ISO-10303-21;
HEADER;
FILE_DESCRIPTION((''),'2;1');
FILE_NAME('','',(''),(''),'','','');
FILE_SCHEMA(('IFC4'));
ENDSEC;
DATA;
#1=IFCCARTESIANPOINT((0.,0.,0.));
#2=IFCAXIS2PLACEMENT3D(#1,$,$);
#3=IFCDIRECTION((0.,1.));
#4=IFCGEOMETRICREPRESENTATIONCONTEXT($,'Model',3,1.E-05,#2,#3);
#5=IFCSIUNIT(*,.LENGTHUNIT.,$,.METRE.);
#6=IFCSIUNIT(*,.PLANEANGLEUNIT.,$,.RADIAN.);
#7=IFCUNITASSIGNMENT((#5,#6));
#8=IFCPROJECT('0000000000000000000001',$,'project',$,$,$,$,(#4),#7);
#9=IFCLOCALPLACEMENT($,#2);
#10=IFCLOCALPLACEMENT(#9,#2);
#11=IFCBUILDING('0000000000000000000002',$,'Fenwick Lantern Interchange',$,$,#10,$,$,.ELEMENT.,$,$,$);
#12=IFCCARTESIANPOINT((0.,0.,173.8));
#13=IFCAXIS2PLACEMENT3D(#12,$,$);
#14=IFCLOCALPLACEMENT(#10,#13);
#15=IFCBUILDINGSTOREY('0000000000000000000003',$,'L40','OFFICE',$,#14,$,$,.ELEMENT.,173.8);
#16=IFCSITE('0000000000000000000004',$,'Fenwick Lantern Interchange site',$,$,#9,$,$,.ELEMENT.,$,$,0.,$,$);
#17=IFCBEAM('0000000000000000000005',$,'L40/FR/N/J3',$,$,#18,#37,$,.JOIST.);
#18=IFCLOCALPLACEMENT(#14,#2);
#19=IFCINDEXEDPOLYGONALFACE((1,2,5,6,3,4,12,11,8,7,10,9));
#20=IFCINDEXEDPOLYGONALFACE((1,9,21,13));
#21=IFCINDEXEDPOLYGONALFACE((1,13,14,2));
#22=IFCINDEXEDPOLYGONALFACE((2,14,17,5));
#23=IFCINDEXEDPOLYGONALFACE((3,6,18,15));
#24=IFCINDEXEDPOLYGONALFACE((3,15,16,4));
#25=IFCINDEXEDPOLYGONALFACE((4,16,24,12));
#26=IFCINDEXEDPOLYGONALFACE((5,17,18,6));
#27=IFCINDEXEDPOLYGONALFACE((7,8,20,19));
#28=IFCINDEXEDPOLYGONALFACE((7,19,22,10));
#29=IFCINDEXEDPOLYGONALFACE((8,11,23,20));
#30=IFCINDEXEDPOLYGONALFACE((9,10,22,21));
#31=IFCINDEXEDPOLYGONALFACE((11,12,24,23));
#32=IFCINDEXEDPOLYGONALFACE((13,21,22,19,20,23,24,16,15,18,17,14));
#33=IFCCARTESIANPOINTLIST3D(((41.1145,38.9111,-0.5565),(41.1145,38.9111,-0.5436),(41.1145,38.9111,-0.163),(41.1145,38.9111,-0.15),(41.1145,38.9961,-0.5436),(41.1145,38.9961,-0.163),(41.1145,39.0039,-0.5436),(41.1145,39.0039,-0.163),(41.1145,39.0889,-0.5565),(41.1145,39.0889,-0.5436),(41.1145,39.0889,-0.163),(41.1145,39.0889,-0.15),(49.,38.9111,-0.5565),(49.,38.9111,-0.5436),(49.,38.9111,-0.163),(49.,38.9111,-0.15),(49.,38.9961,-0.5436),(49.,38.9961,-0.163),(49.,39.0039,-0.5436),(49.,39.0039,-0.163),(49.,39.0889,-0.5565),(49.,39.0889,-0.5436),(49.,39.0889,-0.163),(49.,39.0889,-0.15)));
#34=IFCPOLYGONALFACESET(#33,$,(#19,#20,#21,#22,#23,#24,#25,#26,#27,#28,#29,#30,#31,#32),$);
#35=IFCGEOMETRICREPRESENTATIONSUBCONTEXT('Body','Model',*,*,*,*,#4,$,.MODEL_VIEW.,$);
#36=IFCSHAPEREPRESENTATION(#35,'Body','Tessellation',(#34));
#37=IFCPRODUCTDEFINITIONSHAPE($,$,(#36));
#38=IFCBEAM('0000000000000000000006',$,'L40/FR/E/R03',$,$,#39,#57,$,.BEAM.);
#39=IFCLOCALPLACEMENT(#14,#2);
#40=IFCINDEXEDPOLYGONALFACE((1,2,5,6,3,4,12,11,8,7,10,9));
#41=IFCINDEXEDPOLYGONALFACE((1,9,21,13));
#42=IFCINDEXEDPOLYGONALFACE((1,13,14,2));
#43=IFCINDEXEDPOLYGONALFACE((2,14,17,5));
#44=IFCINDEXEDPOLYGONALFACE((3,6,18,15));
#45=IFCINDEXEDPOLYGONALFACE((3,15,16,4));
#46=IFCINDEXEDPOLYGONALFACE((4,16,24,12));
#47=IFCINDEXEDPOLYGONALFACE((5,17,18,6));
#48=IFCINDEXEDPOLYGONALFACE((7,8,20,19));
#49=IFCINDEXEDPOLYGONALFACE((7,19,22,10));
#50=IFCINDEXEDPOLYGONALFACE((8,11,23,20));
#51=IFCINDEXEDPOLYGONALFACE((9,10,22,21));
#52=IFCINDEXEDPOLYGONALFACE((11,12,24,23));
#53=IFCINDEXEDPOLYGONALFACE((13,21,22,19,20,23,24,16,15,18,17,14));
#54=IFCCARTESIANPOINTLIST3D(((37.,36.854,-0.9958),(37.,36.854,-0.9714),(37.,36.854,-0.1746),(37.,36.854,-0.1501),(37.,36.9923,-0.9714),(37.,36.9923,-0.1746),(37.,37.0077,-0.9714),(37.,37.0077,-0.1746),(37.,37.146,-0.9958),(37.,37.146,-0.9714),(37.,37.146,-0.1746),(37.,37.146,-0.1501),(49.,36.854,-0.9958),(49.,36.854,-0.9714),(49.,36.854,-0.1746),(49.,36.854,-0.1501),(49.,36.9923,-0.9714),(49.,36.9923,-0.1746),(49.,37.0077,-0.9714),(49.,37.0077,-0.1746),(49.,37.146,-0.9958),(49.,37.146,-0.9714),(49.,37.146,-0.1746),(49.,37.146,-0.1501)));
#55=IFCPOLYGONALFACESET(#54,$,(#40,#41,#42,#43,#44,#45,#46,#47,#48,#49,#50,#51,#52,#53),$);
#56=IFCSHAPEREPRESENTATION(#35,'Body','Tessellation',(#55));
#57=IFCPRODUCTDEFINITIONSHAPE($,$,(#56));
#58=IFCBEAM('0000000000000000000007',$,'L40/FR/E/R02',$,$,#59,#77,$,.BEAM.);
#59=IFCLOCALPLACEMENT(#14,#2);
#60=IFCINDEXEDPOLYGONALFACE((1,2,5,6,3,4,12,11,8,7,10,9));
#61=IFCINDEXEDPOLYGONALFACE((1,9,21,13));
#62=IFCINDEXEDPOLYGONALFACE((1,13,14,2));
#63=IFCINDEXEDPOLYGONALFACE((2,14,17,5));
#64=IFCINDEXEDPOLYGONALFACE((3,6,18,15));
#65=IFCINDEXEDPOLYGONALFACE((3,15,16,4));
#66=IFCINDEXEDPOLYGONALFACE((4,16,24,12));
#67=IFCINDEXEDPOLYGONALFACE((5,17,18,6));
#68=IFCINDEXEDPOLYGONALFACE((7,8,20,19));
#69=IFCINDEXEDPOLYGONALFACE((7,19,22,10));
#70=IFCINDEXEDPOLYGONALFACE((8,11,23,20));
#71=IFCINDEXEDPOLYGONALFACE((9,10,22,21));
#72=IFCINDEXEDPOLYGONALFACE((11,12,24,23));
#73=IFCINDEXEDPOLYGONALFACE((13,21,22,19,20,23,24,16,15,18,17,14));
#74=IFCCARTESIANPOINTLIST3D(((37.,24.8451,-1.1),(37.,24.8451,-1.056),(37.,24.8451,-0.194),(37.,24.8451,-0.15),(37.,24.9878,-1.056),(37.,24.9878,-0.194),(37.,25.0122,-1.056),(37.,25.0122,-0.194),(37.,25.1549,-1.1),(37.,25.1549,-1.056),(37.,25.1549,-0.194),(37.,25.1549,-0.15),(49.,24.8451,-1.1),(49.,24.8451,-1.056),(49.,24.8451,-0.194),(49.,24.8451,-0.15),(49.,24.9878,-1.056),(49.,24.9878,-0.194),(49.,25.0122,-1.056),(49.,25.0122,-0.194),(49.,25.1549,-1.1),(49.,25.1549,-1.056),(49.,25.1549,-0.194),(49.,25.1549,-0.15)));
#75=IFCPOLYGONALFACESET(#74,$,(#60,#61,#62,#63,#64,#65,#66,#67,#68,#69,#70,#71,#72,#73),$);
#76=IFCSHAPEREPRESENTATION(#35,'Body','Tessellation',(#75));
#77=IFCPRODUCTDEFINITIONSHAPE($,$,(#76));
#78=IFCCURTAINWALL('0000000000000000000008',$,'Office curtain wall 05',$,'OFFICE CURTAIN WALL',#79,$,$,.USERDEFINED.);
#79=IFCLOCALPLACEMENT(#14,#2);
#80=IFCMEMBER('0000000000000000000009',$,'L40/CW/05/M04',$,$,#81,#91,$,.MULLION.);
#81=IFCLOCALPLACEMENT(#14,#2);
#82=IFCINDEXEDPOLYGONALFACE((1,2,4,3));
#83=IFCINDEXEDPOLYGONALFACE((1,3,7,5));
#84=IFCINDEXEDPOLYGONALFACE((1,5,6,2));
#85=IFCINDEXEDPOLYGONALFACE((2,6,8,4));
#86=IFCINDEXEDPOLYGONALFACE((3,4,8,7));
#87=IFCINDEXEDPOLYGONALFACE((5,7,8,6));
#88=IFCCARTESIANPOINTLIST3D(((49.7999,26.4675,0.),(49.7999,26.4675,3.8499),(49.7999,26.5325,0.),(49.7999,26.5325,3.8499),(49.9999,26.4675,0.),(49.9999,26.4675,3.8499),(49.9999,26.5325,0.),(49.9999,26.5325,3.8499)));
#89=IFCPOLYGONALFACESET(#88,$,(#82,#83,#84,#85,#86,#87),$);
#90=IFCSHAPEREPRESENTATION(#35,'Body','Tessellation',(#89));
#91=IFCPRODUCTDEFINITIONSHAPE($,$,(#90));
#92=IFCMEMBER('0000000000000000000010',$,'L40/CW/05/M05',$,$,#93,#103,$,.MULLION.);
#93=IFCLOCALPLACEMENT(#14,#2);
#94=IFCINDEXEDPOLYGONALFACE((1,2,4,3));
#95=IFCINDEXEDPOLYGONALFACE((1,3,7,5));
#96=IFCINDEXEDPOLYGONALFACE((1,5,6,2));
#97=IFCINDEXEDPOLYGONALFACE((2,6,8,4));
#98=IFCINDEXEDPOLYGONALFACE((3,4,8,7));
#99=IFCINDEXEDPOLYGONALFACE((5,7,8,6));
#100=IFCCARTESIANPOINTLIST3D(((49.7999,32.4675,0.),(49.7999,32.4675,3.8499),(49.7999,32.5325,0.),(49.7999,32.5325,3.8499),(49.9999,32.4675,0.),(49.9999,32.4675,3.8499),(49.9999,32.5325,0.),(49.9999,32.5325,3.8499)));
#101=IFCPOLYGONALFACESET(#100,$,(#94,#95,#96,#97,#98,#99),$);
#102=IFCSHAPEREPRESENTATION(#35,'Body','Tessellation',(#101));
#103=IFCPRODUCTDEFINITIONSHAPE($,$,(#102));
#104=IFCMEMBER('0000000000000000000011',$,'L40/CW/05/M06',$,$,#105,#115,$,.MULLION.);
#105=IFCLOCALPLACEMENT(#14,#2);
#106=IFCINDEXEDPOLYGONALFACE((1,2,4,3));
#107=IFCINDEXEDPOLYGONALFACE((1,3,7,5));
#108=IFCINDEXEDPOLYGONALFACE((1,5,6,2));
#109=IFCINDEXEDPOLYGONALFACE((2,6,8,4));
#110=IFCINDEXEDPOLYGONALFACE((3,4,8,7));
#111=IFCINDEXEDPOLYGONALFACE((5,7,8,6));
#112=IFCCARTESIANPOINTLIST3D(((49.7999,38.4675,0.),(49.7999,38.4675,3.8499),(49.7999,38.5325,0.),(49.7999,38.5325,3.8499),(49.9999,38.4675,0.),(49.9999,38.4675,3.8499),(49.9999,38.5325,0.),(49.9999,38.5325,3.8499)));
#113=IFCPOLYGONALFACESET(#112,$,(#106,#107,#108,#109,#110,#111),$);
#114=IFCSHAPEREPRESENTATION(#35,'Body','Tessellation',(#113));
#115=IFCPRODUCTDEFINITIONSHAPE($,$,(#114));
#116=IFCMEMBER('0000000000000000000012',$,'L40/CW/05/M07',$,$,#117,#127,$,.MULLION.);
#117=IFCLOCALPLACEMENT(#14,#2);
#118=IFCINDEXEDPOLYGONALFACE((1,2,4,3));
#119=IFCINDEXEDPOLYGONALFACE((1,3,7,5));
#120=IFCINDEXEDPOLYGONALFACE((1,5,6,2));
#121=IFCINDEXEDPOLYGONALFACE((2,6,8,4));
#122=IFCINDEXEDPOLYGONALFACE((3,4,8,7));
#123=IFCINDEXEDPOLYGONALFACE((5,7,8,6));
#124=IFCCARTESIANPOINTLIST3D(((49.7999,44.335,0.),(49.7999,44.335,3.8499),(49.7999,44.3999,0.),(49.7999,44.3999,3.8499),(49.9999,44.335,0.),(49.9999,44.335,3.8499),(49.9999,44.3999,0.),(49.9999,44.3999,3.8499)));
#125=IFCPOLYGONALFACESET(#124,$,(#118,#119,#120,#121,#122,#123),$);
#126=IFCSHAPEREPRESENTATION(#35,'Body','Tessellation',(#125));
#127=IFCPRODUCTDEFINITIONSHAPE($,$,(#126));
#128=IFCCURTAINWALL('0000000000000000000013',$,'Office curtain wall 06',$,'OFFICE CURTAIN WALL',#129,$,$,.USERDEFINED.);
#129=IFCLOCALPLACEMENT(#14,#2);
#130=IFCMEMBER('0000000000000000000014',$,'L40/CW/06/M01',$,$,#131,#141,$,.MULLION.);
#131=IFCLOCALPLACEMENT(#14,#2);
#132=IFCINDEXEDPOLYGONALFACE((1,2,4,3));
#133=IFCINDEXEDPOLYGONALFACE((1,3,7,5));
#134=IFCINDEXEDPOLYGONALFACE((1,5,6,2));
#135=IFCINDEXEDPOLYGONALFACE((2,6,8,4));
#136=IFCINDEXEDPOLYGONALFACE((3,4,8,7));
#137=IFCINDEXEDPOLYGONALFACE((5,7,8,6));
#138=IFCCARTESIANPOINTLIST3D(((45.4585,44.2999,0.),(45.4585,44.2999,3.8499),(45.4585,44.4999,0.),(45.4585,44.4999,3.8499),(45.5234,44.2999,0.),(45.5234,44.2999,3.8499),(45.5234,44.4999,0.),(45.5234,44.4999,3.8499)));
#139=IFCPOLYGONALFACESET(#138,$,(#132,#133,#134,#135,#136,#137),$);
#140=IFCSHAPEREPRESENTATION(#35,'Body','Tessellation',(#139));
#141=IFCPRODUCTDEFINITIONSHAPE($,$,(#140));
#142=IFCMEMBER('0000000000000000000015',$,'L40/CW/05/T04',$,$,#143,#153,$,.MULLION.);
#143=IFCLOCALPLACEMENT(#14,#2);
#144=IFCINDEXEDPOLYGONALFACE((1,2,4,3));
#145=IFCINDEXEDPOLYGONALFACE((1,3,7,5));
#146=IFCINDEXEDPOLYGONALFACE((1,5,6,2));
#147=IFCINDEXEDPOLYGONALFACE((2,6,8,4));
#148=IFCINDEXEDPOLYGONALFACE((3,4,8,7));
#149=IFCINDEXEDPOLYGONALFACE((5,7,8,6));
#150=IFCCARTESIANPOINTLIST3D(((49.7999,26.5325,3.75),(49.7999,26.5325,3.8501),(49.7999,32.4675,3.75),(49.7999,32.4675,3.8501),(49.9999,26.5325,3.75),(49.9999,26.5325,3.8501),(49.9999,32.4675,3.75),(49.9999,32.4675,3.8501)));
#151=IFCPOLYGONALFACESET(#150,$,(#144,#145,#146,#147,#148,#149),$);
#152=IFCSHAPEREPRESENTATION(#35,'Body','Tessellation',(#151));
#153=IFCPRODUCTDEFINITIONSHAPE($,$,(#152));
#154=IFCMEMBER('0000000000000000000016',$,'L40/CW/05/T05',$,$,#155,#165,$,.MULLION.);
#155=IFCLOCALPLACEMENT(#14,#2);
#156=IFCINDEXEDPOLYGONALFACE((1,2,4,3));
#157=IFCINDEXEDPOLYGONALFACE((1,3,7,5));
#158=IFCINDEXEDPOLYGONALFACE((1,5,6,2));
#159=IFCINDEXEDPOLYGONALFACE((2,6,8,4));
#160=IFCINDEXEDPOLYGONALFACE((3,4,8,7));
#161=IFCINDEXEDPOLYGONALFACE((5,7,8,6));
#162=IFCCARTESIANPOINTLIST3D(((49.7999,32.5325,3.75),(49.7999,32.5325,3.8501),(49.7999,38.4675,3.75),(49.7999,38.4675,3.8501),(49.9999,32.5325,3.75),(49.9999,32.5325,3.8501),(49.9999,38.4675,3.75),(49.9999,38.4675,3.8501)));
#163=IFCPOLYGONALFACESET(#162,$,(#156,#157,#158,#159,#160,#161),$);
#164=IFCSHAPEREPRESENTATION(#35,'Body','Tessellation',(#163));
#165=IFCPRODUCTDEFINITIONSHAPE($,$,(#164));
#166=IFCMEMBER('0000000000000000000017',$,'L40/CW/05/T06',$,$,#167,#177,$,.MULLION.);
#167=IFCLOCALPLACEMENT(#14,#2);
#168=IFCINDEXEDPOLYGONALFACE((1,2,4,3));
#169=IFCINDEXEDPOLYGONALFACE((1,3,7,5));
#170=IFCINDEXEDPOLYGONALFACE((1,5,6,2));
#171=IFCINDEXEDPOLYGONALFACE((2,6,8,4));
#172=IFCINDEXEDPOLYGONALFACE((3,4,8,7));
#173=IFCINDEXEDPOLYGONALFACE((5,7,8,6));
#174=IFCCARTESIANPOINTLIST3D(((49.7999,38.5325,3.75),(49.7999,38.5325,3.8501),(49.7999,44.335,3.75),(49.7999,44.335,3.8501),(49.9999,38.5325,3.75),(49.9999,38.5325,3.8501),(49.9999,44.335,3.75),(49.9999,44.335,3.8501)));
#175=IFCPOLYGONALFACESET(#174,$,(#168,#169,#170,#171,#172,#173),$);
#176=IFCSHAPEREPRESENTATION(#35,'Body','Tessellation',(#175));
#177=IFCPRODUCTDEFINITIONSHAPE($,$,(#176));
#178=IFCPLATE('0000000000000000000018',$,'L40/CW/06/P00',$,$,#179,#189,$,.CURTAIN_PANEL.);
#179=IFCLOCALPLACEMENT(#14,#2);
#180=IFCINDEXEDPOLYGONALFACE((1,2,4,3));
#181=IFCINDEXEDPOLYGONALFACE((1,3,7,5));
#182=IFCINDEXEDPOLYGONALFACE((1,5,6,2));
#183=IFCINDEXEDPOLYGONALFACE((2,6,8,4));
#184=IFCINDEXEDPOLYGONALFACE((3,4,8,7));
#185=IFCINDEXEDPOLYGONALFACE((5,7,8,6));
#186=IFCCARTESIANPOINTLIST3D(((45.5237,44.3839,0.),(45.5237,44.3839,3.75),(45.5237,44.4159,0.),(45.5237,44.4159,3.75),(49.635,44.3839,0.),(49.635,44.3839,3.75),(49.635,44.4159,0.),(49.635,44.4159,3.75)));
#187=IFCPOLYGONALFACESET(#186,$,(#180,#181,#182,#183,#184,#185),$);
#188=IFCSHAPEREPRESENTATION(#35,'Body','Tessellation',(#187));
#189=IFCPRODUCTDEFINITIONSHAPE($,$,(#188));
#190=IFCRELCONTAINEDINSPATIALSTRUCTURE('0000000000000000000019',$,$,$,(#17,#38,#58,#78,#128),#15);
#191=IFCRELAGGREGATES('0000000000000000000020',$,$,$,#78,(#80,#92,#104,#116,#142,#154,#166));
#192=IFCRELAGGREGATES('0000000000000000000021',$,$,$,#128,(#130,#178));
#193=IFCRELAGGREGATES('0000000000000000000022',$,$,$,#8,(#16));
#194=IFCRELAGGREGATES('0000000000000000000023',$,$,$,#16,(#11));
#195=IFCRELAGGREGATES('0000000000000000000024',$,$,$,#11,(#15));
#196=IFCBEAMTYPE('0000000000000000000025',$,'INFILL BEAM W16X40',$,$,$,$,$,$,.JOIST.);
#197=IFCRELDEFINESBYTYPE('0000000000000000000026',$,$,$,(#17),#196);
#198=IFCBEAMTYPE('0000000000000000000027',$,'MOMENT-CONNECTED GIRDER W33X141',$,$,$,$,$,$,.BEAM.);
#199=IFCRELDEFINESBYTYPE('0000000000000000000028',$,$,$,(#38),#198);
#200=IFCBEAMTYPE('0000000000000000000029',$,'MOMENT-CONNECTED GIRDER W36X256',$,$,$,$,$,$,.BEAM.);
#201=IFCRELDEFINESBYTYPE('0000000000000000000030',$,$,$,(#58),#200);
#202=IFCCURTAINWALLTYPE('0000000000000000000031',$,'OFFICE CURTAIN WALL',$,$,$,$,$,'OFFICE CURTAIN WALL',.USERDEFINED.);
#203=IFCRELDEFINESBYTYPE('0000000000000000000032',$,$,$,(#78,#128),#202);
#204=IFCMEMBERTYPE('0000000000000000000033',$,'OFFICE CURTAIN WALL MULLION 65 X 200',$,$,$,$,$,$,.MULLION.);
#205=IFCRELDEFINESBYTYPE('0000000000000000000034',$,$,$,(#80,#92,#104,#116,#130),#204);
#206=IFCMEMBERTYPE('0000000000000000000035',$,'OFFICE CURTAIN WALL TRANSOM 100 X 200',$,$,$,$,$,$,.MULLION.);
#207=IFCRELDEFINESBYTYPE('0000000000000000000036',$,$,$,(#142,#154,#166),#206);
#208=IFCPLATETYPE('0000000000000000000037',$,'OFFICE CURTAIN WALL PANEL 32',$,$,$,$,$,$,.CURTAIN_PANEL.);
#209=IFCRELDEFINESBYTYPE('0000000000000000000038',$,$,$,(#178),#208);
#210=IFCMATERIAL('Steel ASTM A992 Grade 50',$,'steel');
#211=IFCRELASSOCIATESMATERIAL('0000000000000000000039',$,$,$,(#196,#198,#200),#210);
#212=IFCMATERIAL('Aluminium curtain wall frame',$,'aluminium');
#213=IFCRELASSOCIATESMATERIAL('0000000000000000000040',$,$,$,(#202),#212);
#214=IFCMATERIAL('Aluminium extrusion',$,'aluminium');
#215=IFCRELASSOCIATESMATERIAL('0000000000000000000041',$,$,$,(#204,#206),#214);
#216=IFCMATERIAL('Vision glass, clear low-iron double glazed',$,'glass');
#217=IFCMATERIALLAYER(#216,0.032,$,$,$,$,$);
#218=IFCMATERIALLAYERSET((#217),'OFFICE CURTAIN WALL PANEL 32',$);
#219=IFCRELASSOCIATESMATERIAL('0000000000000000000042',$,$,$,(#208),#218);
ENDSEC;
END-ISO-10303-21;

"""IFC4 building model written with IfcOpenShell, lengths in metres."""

from ifc_helpers import new_model, si_unit, direction, frame, origin, origin_2d, place, context, subcontext, project, spatial, rectangle, i_section, extrude, material, layer, layer_set, material_profile, profile_set, type_object, element, aggregate, save


model = new_model("IFC4")

# Units and contexts
model_context = context("Model", 3, precision=1e-05, world=origin(), true_north=direction((0.0, 1.0)))
body_context = subcontext(model_context, "Body", "Model", "MODEL_VIEW")
ifc_project = project(units=[si_unit("LENGTHUNIT", "METRE"), si_unit("PLANEANGLEUNIT", "RADIAN")], contexts=[model_context])

# Site, building, storey
site_placement = place(None, origin())
site = spatial("IfcSite", under=ifc_project, at=site_placement, Name="Fenwick Lantern Interchange site", CompositionType="ELEMENT", RefElevation=0.0)
building_placement = place(site_placement, origin())
building = spatial("IfcBuilding", under=site, at=building_placement, Name="Fenwick Lantern Interchange", CompositionType="ELEMENT")
storey_placement = place(building_placement, frame((0.0, 0.0, 173.8)))
storey = spatial("IfcBuildingStorey", under=building, at=storey_placement, Name="L40", Description="OFFICE", CompositionType="ELEMENT", Elevation=173.8)

# Shared definitions
ifc_material_1 = material(Name="Steel ASTM A992 Grade 50", Category="steel")

# Beams
ifc_material_profile_1 = material_profile(ifc_material_1, i_section(OverallWidth=0.1777, OverallDepth=0.4065, WebThickness=0.0078, FlangeThickness=0.0129, at=origin_2d()), Name="W16X40")
ifc_profile_set_1 = profile_set([ifc_material_profile_1], Name="Steel ASTM A992 Grade 50")
beam_type_1 = type_object("IfcBeamType", Name="INFILL BEAM W16X40", PredefinedType="JOIST", material=ifc_profile_set_1)
beam_1_placement = place(storey_placement, frame((49.0, 39.0, -0.3533), z_axis=(-1.0, 0.0, 0.0), x_axis=(0.0, -1.0, 0.0)))
element("IfcBeam", 1, at=beam_1_placement, inside=storey, type_object=beam_type_1, Name="L40/FR/N/J3", PredefinedType="JOIST", context=body_context, shape_type="SweptSolid", body=[
    extrude(i_section(OverallWidth=0.1777, OverallDepth=0.4065, WebThickness=0.0078, FlangeThickness=0.0129, at=origin_2d()), origin(), (0.0, 0.0, 1.0), 7.8855),
])
ifc_material_profile_2 = material_profile(ifc_material_1, i_section(OverallWidth=0.292, OverallDepth=0.8457, WebThickness=0.0154, FlangeThickness=0.0244, at=origin_2d()), Name="W33X141")
ifc_profile_set_2 = profile_set([ifc_material_profile_2], Name="Steel ASTM A992 Grade 50")
beam_type_2 = type_object("IfcBeamType", Name="MOMENT-CONNECTED GIRDER W33X141", PredefinedType="BEAM", material=ifc_profile_set_2)
beam_2_placement = place(storey_placement, frame((49.0, 37.0, -0.573), z_axis=(-1.0, 0.0, 0.0), x_axis=(0.0, -1.0, 0.0)))
element("IfcBeam", 2, at=beam_2_placement, inside=storey, type_object=beam_type_2, Name="L40/FR/E/R03", PredefinedType="BEAM", context=body_context, shape_type="SweptSolid", body=[
    extrude(i_section(OverallWidth=0.292, OverallDepth=0.8457, WebThickness=0.0154, FlangeThickness=0.0244, at=origin_2d()), origin(), (0.0, 0.0, 1.0), 12.0),
])
ifc_material_profile_3 = material_profile(ifc_material_1, i_section(OverallWidth=0.3098, OverallDepth=0.95, WebThickness=0.0244, FlangeThickness=0.0439, at=origin_2d()), Name="W36X256")
ifc_profile_set_3 = profile_set([ifc_material_profile_3], Name="Steel ASTM A992 Grade 50")
beam_type_3 = type_object("IfcBeamType", Name="MOMENT-CONNECTED GIRDER W36X256", PredefinedType="BEAM", material=ifc_profile_set_3)
beam_3_placement = place(storey_placement, frame((49.0, 25.0, -0.625), z_axis=(-1.0, 0.0, 0.0), x_axis=(0.0, -1.0, 0.0)))
element("IfcBeam", 3, at=beam_3_placement, inside=storey, type_object=beam_type_3, Name="L40/FR/E/R02", PredefinedType="BEAM", context=body_context, shape_type="SweptSolid", body=[
    extrude(i_section(OverallWidth=0.3098, OverallDepth=0.95, WebThickness=0.0244, FlangeThickness=0.0439, at=origin_2d()), origin(), (0.0, 0.0, 1.0), 12.0),
])

# Curtain wall, members
ifc_material_2 = material(Name="Aluminium curtain wall frame", Category="aluminium")
curtain_wall_type = type_object("IfcCurtainWallType", Name="OFFICE CURTAIN WALL", ElementType="OFFICE CURTAIN WALL", PredefinedType="USERDEFINED", material=ifc_material_2)
curtain_wall_1_placement = place(storey_placement, origin())
curtain_wall_1 = element("IfcCurtainWall", 4, at=curtain_wall_1_placement, inside=storey, type_object=curtain_wall_type, Name="Office curtain wall 05", ObjectType="OFFICE CURTAIN WALL", PredefinedType="USERDEFINED")
ifc_material_3 = material(Name="Aluminium extrusion", Category="aluminium")
ifc_material_profile_4 = material_profile(ifc_material_3, rectangle(XDim=0.2, YDim=0.0649, at=origin_2d()), Name="OFFICE CURTAIN WALL MULLION 65 X 200")
ifc_profile_set_4 = profile_set([ifc_material_profile_4], Name="Aluminium extrusion")
member_type_1 = type_object("IfcMemberType", Name="OFFICE CURTAIN WALL MULLION 65 X 200", PredefinedType="MULLION", material=ifc_profile_set_4)
member_1_placement = place(storey_placement, frame((49.8999, 26.5, 0.0), z_axis=(0.0, 0.0, 1.0), x_axis=(-1.0, 0.0, 0.0)))
member_1 = element("IfcMember", 5, at=member_1_placement, type_object=member_type_1, Name="L40/CW/05/M04", PredefinedType="MULLION", context=body_context, shape_type="SweptSolid", body=[
    extrude(rectangle(XDim=0.2, YDim=0.0649, at=origin_2d()), origin(), (0.0, 0.0, 1.0), 3.8499),
])
member_2_placement = place(storey_placement, frame((49.8999, 32.5, 0.0), z_axis=(0.0, 0.0, 1.0), x_axis=(-1.0, 0.0, 0.0)))
member_2 = element("IfcMember", 6, at=member_2_placement, type_object=member_type_1, Name="L40/CW/05/M05", PredefinedType="MULLION", context=body_context, shape_type="SweptSolid", body=[
    extrude(rectangle(XDim=0.2, YDim=0.0649, at=origin_2d()), origin(), (0.0, 0.0, 1.0), 3.8499),
])
member_3_placement = place(storey_placement, frame((49.8999, 38.5, 0.0), z_axis=(0.0, 0.0, 1.0), x_axis=(-1.0, 0.0, 0.0)))
member_3 = element("IfcMember", 7, at=member_3_placement, type_object=member_type_1, Name="L40/CW/05/M06", PredefinedType="MULLION", context=body_context, shape_type="SweptSolid", body=[
    extrude(rectangle(XDim=0.2, YDim=0.0649, at=origin_2d()), origin(), (0.0, 0.0, 1.0), 3.8499),
])
member_4_placement = place(storey_placement, frame((49.8999, 44.3674, 0.0), z_axis=(0.0, 0.0, 1.0), x_axis=(-1.0, 0.0, 0.0)))
member_4 = element("IfcMember", 8, at=member_4_placement, type_object=member_type_1, Name="L40/CW/05/M07", PredefinedType="MULLION", context=body_context, shape_type="SweptSolid", body=[
    extrude(rectangle(XDim=0.2, YDim=0.0649, at=origin_2d()), origin(), (0.0, 0.0, 1.0), 3.8499),
])

# Curtain wall, member
curtain_wall_2_placement = place(storey_placement, origin())
curtain_wall_2 = element("IfcCurtainWall", 9, at=curtain_wall_2_placement, inside=storey, type_object=curtain_wall_type, Name="Office curtain wall 06", ObjectType="OFFICE CURTAIN WALL", PredefinedType="USERDEFINED")
member_5_placement = place(storey_placement, frame((45.491, 44.3999, 0.0), z_axis=(0.0, 0.0, 1.0), x_axis=(0.0, -1.0, 0.0)))
member_5 = element("IfcMember", 10, at=member_5_placement, type_object=member_type_1, Name="L40/CW/06/M01", PredefinedType="MULLION", context=body_context, shape_type="SweptSolid", body=[
    extrude(rectangle(XDim=0.2, YDim=0.0649, at=origin_2d()), origin(), (0.0, 0.0, 1.0), 3.8499),
])

# Members
ifc_material_profile_5 = material_profile(ifc_material_3, rectangle(XDim=0.2, YDim=0.1001, at=origin_2d()), Name="OFFICE CURTAIN WALL TRANSOM 100 X 200")
ifc_profile_set_5 = profile_set([ifc_material_profile_5], Name="Aluminium extrusion")
member_type_2 = type_object("IfcMemberType", Name="OFFICE CURTAIN WALL TRANSOM 100 X 200", PredefinedType="MULLION", material=ifc_profile_set_5)
member_6_placement = place(storey_placement, frame((49.8999, 26.5325, 3.8), z_axis=(0.0, 1.0, 0.0), x_axis=(-1.0, 0.0, 0.0)))
member_6 = element("IfcMember", 11, at=member_6_placement, type_object=member_type_2, Name="L40/CW/05/T04", PredefinedType="MULLION", context=body_context, shape_type="SweptSolid", body=[
    extrude(rectangle(XDim=0.2, YDim=0.1001, at=origin_2d()), origin(), (0.0, 0.0, 1.0), 5.9351),
])
member_7_placement = place(storey_placement, frame((49.8999, 32.5325, 3.8), z_axis=(0.0, 1.0, 0.0), x_axis=(-1.0, 0.0, 0.0)))
member_7 = element("IfcMember", 12, at=member_7_placement, type_object=member_type_2, Name="L40/CW/05/T05", PredefinedType="MULLION", context=body_context, shape_type="SweptSolid", body=[
    extrude(rectangle(XDim=0.2, YDim=0.1001, at=origin_2d()), origin(), (0.0, 0.0, 1.0), 5.9351),
])
member_8_placement = place(storey_placement, frame((49.8999, 38.5325, 3.8), z_axis=(0.0, 1.0, 0.0), x_axis=(-1.0, 0.0, 0.0)))
member_8 = element("IfcMember", 13, at=member_8_placement, type_object=member_type_2, Name="L40/CW/05/T06", PredefinedType="MULLION", context=body_context, shape_type="SweptSolid", body=[
    extrude(rectangle(XDim=0.2, YDim=0.1001, at=origin_2d()), origin(), (0.0, 0.0, 1.0), 5.8025),
])
aggregate(curtain_wall_1, [member_1, member_2, member_3, member_4, member_6, member_7, member_8])

# Plate
ifc_material_4 = material(Name="Vision glass, clear low-iron double glazed", Category="glass")
ifc_layer_1 = layer(ifc_material_4, 0.032)
ifc_layer_set_1 = layer_set([ifc_layer_1], Name="OFFICE CURTAIN WALL PANEL 32")
plate_type = type_object("IfcPlateType", Name="OFFICE CURTAIN WALL PANEL 32", PredefinedType="CURTAIN_PANEL", material=ifc_layer_set_1)
plate_placement = place(storey_placement, frame((47.5793, 44.3999, 0.0), z_axis=(0.0, 0.0, 1.0), x_axis=(-1.0, 0.0, 0.0)))
plate = element("IfcPlate", 14, at=plate_placement, type_object=plate_type, Name="L40/CW/06/P00", PredefinedType="CURTAIN_PANEL", context=body_context, shape_type="SweptSolid", body=[
    extrude(rectangle(XDim=4.1113, YDim=0.032, at=origin_2d()), origin(), (0.0, 0.0, 1.0), 3.75),
])
aggregate(curtain_wall_2, [member_5, plate])

save(model, "model.ifc")
